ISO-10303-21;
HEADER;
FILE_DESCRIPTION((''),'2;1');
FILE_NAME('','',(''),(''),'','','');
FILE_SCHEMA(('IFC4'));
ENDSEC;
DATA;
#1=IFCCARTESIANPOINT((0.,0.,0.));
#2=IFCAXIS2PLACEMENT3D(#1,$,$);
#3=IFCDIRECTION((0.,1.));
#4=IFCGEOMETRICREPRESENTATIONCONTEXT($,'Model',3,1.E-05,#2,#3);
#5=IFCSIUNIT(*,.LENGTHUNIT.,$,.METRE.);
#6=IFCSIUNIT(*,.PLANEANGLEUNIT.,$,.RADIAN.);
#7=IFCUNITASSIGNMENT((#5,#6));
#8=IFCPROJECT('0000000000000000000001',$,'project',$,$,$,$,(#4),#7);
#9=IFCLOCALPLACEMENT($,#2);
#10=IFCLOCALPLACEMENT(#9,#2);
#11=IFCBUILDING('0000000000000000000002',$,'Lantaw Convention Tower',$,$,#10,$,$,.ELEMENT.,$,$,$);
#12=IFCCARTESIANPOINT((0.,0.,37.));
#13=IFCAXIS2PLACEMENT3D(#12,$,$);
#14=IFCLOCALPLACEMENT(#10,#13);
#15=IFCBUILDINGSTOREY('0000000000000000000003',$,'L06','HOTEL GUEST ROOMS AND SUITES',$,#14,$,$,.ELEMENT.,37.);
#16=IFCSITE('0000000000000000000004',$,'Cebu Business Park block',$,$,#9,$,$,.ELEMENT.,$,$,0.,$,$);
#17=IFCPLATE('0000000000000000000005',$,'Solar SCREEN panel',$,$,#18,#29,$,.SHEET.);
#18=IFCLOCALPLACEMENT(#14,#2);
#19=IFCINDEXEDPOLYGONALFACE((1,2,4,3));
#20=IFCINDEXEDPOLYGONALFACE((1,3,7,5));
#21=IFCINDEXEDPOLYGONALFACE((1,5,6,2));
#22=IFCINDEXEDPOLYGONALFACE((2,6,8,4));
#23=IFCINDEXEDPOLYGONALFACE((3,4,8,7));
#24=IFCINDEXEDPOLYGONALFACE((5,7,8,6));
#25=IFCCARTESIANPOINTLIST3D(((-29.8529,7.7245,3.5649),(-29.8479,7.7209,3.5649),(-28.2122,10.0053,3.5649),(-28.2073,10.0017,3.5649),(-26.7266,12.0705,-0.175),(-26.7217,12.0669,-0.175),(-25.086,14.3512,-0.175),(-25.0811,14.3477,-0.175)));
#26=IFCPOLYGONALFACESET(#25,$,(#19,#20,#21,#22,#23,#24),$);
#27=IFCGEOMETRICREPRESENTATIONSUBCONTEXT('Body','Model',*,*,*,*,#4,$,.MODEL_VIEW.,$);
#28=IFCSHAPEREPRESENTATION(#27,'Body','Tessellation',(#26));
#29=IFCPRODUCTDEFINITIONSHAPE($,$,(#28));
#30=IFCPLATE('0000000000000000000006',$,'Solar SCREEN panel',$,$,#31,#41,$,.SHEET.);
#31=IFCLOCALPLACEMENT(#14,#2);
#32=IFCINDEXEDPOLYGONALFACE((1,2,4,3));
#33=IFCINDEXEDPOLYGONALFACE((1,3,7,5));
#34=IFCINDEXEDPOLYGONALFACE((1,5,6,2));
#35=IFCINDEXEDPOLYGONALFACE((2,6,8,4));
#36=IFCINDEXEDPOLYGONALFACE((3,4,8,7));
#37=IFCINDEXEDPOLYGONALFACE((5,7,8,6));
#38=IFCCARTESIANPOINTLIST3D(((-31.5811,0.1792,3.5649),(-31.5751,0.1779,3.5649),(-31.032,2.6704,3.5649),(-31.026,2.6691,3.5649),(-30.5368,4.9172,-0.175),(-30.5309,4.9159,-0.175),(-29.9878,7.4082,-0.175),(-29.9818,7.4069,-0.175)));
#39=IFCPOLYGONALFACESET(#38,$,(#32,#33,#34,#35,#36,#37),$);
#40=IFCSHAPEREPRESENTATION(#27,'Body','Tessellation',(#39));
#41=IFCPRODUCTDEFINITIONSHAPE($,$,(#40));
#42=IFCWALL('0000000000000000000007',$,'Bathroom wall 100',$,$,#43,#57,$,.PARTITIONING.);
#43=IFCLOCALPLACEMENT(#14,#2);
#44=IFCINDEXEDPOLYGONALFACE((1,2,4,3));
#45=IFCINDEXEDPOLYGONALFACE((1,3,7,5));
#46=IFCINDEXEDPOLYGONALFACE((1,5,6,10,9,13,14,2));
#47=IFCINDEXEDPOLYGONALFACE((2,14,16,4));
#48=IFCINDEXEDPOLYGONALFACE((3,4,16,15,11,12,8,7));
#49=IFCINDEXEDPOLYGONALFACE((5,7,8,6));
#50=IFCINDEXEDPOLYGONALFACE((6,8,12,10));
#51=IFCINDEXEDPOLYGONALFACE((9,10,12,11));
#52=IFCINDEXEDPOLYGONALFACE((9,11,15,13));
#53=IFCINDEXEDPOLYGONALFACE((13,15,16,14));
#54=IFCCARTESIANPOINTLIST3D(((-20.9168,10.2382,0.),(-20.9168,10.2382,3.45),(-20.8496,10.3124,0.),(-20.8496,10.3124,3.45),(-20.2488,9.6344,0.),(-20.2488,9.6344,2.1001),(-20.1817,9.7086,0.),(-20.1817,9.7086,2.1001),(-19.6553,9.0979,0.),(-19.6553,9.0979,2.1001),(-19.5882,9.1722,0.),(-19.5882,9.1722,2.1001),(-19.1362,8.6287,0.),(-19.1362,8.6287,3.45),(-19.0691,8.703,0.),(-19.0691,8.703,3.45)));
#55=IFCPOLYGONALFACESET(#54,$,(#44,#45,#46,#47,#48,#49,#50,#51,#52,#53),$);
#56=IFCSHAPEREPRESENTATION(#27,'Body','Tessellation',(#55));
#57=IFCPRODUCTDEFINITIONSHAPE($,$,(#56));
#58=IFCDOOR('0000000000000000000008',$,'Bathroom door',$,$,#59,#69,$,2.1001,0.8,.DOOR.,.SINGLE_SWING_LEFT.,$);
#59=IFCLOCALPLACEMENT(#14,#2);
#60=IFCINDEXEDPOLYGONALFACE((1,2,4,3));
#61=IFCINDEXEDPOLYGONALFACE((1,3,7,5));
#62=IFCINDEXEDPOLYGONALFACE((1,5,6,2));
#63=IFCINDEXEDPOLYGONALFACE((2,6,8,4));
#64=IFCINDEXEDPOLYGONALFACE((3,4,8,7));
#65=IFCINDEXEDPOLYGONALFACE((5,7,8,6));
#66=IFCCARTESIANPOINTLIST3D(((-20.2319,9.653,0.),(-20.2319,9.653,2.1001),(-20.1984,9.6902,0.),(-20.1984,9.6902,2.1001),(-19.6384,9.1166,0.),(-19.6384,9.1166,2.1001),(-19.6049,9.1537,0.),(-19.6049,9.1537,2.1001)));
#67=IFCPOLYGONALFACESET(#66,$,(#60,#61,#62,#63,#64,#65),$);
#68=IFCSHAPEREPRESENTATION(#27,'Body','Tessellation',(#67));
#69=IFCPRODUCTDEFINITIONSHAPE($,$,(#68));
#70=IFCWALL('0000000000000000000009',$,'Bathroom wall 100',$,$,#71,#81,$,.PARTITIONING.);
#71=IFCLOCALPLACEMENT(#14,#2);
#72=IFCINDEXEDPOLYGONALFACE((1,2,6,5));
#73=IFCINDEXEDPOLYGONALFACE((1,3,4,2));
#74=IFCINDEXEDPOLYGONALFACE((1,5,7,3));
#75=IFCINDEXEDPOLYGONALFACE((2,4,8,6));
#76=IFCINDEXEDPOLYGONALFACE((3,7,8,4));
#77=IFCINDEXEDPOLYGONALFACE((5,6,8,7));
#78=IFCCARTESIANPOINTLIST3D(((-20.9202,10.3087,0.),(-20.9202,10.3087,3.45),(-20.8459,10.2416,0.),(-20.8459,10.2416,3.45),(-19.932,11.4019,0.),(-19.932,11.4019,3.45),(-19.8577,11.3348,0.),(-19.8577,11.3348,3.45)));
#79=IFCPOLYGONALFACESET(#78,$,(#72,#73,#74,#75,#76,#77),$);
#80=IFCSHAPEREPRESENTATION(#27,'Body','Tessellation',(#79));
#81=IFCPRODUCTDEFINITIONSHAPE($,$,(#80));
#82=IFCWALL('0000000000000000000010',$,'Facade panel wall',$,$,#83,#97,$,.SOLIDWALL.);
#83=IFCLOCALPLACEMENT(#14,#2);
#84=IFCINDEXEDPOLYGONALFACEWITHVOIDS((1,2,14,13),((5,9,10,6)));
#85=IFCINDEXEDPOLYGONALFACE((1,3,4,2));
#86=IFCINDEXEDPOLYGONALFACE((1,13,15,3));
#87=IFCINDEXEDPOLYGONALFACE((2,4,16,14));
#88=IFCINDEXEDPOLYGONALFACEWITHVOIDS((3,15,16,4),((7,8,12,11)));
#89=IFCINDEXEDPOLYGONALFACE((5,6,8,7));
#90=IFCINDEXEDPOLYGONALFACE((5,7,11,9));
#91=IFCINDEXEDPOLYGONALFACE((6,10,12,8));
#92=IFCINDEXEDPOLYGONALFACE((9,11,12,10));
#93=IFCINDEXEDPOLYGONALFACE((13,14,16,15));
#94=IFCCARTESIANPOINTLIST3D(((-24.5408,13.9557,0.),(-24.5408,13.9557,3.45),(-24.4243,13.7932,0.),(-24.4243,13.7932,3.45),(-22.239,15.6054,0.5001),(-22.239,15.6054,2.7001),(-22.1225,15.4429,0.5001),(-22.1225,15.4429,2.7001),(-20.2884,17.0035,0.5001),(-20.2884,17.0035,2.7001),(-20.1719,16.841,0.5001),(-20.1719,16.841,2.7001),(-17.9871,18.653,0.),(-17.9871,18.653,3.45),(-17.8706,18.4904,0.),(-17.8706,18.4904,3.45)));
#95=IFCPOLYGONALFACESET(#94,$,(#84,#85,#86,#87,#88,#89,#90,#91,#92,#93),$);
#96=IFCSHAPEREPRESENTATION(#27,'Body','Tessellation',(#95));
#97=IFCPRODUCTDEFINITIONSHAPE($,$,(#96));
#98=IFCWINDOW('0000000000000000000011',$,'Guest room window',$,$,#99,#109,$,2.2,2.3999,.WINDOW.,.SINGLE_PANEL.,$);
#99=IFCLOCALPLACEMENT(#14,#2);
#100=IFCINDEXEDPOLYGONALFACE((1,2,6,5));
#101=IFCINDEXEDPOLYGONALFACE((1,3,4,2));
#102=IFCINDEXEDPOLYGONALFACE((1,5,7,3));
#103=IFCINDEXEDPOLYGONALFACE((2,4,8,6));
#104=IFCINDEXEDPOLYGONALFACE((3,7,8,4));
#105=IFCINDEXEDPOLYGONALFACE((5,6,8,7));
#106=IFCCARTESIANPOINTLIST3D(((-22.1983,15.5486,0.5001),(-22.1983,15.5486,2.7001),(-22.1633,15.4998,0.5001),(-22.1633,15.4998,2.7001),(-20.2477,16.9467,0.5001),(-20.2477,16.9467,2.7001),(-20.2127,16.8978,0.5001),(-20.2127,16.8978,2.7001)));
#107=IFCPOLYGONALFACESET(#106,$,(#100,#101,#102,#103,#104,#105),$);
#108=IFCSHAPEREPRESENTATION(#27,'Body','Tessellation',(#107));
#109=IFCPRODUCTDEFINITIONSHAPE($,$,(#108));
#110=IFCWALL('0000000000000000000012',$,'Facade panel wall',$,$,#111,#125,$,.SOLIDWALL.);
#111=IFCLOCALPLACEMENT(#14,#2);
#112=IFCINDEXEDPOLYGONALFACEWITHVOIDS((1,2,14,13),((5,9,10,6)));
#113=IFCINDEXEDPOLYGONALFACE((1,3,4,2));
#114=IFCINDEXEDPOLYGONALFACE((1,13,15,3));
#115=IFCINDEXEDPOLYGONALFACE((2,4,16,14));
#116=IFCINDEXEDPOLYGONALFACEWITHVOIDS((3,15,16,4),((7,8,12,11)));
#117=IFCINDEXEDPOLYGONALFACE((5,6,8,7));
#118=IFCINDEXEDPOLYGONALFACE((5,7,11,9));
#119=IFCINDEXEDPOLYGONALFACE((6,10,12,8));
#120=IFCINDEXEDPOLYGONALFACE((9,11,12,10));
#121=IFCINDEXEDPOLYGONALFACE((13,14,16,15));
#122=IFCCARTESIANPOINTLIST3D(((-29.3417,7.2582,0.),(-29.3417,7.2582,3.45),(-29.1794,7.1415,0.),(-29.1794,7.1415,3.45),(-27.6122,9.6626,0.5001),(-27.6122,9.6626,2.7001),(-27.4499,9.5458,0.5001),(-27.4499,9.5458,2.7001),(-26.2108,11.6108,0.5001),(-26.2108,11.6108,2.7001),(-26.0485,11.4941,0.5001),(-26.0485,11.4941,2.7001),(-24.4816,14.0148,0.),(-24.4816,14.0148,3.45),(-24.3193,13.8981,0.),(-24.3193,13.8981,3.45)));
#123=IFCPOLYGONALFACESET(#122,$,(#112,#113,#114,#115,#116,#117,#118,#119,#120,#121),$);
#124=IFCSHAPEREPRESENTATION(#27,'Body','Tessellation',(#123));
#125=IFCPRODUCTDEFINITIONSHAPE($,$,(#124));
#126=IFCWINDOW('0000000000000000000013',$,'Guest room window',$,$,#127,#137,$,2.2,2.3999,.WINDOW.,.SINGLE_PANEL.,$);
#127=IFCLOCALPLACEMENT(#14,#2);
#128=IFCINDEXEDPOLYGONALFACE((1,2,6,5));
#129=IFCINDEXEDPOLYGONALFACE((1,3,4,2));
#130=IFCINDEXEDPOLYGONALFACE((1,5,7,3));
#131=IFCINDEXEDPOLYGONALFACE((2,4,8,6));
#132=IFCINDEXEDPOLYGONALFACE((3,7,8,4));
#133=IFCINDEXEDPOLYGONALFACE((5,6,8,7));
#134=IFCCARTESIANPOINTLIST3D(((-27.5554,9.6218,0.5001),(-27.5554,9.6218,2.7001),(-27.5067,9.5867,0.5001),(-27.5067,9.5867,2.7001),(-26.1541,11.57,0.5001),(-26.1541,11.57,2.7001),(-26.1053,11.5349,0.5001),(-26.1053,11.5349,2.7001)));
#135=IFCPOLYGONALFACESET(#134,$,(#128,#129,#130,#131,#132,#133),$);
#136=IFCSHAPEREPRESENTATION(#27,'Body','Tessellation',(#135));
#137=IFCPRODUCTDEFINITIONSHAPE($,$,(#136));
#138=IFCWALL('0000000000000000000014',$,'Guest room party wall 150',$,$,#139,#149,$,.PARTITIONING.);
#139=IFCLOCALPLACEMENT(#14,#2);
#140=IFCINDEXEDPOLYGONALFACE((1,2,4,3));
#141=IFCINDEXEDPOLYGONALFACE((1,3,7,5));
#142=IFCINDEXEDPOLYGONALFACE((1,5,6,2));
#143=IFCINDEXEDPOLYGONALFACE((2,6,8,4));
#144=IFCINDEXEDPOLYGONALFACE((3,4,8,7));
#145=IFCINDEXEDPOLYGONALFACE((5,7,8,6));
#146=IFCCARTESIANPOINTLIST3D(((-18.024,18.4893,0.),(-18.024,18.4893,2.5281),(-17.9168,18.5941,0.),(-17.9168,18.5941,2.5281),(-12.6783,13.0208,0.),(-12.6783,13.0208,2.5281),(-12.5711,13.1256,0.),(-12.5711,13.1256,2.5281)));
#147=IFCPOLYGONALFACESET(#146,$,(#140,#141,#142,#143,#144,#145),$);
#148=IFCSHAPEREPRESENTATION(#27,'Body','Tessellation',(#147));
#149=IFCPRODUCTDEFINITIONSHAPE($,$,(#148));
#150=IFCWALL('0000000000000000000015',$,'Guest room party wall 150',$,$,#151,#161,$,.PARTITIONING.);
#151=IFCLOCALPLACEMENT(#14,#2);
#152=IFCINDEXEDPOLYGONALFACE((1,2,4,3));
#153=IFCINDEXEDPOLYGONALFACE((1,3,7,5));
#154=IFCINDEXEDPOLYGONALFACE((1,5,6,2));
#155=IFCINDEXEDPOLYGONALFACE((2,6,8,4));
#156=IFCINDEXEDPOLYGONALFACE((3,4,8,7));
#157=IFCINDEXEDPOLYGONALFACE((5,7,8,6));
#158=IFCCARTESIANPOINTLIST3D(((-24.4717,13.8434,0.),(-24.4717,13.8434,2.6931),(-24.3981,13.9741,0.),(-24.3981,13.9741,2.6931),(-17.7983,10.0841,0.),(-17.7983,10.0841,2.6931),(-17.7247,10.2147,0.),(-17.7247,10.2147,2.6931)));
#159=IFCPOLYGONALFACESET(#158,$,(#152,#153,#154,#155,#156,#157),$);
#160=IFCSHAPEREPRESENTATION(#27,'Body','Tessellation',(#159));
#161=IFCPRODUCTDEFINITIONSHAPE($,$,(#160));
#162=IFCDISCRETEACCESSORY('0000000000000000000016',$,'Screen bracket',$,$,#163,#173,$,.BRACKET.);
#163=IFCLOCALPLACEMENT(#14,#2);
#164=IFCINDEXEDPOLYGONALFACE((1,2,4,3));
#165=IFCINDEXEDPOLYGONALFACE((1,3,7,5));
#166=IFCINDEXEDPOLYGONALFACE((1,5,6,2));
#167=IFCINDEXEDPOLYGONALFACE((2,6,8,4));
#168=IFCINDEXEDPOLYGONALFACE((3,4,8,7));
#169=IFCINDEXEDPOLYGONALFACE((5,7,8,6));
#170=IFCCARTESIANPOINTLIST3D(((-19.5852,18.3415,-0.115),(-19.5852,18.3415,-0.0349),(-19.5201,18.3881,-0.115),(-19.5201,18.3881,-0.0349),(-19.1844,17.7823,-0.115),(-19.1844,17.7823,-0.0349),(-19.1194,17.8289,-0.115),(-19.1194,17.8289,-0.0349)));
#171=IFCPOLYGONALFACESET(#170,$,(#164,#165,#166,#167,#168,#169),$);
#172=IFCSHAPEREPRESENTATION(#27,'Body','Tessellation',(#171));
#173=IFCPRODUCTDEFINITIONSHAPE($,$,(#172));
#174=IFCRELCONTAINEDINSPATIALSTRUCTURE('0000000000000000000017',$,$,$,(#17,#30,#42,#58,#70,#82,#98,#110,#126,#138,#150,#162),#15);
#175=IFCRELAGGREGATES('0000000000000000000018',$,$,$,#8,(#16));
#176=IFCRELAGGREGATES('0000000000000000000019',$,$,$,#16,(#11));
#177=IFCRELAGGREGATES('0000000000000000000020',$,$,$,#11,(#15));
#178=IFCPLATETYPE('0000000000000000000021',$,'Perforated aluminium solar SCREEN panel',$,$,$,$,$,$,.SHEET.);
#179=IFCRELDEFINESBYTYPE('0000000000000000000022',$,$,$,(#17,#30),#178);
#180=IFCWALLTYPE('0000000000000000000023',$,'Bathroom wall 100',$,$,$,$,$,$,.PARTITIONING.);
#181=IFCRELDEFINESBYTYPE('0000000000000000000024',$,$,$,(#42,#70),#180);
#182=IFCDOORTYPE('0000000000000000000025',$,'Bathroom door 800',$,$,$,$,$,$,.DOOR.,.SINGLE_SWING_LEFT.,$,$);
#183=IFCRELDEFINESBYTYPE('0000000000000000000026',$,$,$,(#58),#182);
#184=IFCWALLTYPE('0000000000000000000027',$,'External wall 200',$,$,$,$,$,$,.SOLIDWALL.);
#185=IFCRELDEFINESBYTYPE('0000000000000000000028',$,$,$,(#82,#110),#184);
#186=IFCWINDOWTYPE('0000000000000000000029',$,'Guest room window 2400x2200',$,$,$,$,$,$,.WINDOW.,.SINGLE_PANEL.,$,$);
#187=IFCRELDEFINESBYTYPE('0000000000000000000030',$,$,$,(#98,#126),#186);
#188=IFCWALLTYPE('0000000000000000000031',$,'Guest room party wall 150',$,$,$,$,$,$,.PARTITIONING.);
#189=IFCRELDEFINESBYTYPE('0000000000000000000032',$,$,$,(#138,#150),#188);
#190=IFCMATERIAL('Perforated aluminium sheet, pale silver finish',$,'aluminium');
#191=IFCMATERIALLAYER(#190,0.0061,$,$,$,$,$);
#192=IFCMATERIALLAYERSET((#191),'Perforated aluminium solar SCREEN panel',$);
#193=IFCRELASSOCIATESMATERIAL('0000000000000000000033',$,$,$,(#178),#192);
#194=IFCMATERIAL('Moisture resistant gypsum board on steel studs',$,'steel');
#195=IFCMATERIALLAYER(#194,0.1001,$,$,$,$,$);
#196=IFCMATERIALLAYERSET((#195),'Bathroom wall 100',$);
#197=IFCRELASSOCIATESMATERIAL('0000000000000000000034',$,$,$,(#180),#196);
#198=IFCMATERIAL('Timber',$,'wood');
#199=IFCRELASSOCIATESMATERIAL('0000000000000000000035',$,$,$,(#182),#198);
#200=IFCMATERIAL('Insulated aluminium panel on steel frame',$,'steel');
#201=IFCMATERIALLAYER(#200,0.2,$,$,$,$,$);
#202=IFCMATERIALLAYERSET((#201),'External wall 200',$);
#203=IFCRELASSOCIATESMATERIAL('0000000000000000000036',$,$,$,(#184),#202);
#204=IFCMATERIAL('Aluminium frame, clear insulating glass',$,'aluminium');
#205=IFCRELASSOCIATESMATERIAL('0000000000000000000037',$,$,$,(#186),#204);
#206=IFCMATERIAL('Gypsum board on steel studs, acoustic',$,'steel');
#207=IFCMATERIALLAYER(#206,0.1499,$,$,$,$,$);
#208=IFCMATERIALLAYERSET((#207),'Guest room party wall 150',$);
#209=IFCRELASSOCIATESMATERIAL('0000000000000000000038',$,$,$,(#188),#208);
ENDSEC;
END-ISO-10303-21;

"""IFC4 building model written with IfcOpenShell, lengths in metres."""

from ifc_helpers import new_model, si_unit, direction, frame, frame_2d, origin, origin_2d, place, context, subcontext, project, spatial, polyline, rectangle, outline, extrude, material, layer, layer_set, type_object, element, fill, save


model = new_model("IFC4")

# Units and contexts
model_context = context("Model", 3, precision=1e-05, world=origin(), true_north=direction((0.0, 1.0)))
body_context = subcontext(model_context, "Body", "Model", "MODEL_VIEW")
ifc_project = project(units=[si_unit("LENGTHUNIT", "METRE"), si_unit("PLANEANGLEUNIT", "RADIAN")], contexts=[model_context])

# Site, building, storey
site_placement = place(None, origin())
site = spatial("IfcSite", under=ifc_project, at=site_placement, Name="Cebu Business Park block", CompositionType="ELEMENT", RefElevation=0.0)
building_placement = place(site_placement, origin())
building = spatial("IfcBuilding", under=site, at=building_placement, Name="Lantaw Convention Tower", CompositionType="ELEMENT")
storey_placement = place(building_placement, frame((0.0, 0.0, 37.0)))
storey = spatial("IfcBuildingStorey", under=building, at=storey_placement, Name="L06", Description="HOTEL GUEST ROOMS AND SUITES", CompositionType="ELEMENT", Elevation=37.0)

# Plates
ifc_material_1 = material(Name="Perforated aluminium sheet, pale silver finish", Category="aluminium")
ifc_layer_1 = layer(ifc_material_1, 0.0061)
ifc_layer_set_1 = layer_set([ifc_layer_1], Name="Perforated aluminium solar SCREEN panel")
plate_type = type_object("IfcPlateType", Name="Perforated aluminium solar SCREEN panel", PredefinedType="SHEET", material=ifc_layer_set_1)
plate_1_placement = place(storey_placement, frame((-25.0811, 14.3477, -0.175), z_axis=(0.811791, -0.583948, 0.000009), x_axis=(-0.583948, -0.811791, 0.0)))
element("IfcPlate", 1, at=plate_1_placement, inside=storey, type_object=plate_type, Name="Solar SCREEN panel", PredefinedType="SHEET", context=body_context, shape_type="SweptSolid", body=[
    extrude(outline(polyline([(0.0, 0.0), (2.8095, 0.0), (8.1631, -3.74), (5.3536, -3.74), (0.0, 0.0)])), origin(), (0.0, 0.0, -1.0), 0.0061),
])
plate_2_placement = place(storey_placement, frame((-29.9878, 7.4082, -0.175), z_axis=(-0.976559, 0.215248, 0.00003), x_axis=(-0.215248, -0.976559, 0.0)))
element("IfcPlate", 2, at=plate_2_placement, inside=storey, type_object=plate_type, Name="Solar SCREEN panel", PredefinedType="SHEET", context=body_context, shape_type="SweptSolid", body=[
    extrude(outline(polyline([(0.0, 0.0), (2.5508, 0.0), (7.4025, 3.74), (4.8515, 3.74), (0.0, 0.0)])), origin(), (0.0, 0.0, -1.0), 0.0061),
])

# Wall, opening, door
ifc_material_2 = material(Name="Moisture resistant gypsum board on steel studs", Category="steel")
ifc_layer_2 = layer(ifc_material_2, 0.1001)
ifc_layer_set_2 = layer_set([ifc_layer_2], Name="Bathroom wall 100")
wall_type_1 = type_object("IfcWallType", Name="Bathroom wall 100", PredefinedType="PARTITIONING", material=ifc_layer_set_2)
wall_1_placement = place(storey_placement, frame((-19.1025, 8.6658, 0.0), z_axis=(0.0, 0.0, 1.0), x_axis=(-0.741861, 0.670554, 0.0)))
wall_1 = element("IfcWall", 3, at=wall_1_placement, inside=storey, type_object=wall_type_1, Name="Bathroom wall 100", PredefinedType="PARTITIONING", context=body_context, shape_type="SweptSolid", body=[
    extrude(rectangle(XDim=2.4001, YDim=0.1001, at=frame_2d((1.2002, 0.0))), origin(), (0.0, 0.0, 1.0), 3.45),
])
opening_1_placement = place(wall_1_placement, frame((0.7, 0.0, 0.0)))
opening_1 = element("IfcOpeningElement", 4, at=opening_1_placement, cuts=wall_1, PredefinedType="OPENING", context=body_context, shape_type="SweptSolid", body=[
    extrude(rectangle(XDim=0.8, YDim=2.1001, at=frame_2d((0.3999, 1.05))), frame((0.0, 0.0601, 0.0), z_axis=(0.0, -1.0, 0.0), x_axis=(1.0, 0.0, 0.0)), (0.0, 0.0, 1.0), 0.1201),
])
ifc_material_3 = material(Name="Timber", Category="wood")
door_type = type_object("IfcDoorType", Name="Bathroom door 800", OperationType="SINGLE_SWING_LEFT", PredefinedType="DOOR", material=ifc_material_3)
door_placement = place(opening_1_placement, origin())
door = element("IfcDoor", 5, at=door_placement, inside=storey, type_object=door_type, Name="Bathroom door", OperationType="SINGLE_SWING_LEFT", OverallHeight=2.1001, OverallWidth=0.8, PredefinedType="DOOR", context=body_context, shape_type="SweptSolid", body=[
    extrude(rectangle(XDim=0.8, YDim=2.1001, at=frame_2d((0.3999, 1.05))), frame((0.0, 0.0249, 0.0), z_axis=(0.0, -1.0, 0.0), x_axis=(1.0, 0.0, 0.0)), (0.0, 0.0, 1.0), 0.05),
])
fill(opening_1, door)

# Wall
wall_2_placement = place(storey_placement, frame((-20.8831, 10.2751, 0.0), z_axis=(0.0, 0.0, 1.0), x_axis=(0.670592, 0.741826, 0.0)))
element("IfcWall", 6, at=wall_2_placement, inside=storey, type_object=wall_type_1, Name="Bathroom wall 100", PredefinedType="PARTITIONING", context=body_context, shape_type="SweptSolid", body=[
    extrude(rectangle(XDim=1.4736, YDim=0.1001, at=frame_2d((0.7368, 0.0))), origin(), (0.0, 0.0, 1.0), 3.45),
])

# Walls, openings, windows
ifc_material_4 = material(Name="Insulated aluminium panel on steel frame", Category="steel")
ifc_layer_3 = layer(ifc_material_4, 0.2)
ifc_layer_set_3 = layer_set([ifc_layer_3], Name="External wall 200")
wall_type_2 = type_object("IfcWallType", Name="External wall 200", PredefinedType="SOLIDWALL", material=ifc_layer_set_3)
wall_3_placement = place(storey_placement, frame((-17.9287, 18.5718, 0.0), z_axis=(0.0, 0.0, 1.0), x_axis=(-0.812791, -0.582555, 0.0)))
wall_3 = element("IfcWall", 7, at=wall_3_placement, inside=storey, type_object=wall_type_2, Name="Facade panel wall", PredefinedType="SOLIDWALL", context=body_context, shape_type="SweptSolid", body=[
    extrude(rectangle(XDim=8.0632, YDim=0.2, at=frame_2d((4.0317, 0.0))), origin(), (0.0, 0.0, 1.0), 3.45),
])
opening_2_placement = place(wall_3_placement, frame((2.8315, 0.0, 0.5)))
opening_2 = element("IfcOpeningElement", 8, at=opening_2_placement, cuts=wall_3, PredefinedType="OPENING", context=body_context, shape_type="SweptSolid", body=[
    extrude(rectangle(XDim=2.3999, YDim=2.2, at=frame_2d((1.2, 1.1001))), frame((0.0, 0.1099, 0.0), z_axis=(0.0, -1.0, 0.0), x_axis=(1.0, 0.0, 0.0)), (0.0, 0.0, 1.0), 0.22),
])
ifc_material_5 = material(Name="Aluminium frame, clear insulating glass", Category="aluminium")
window_type = type_object("IfcWindowType", Name="Guest room window 2400x2200", PartitioningType="SINGLE_PANEL", PredefinedType="WINDOW", material=ifc_material_5)
window_1_placement = place(opening_2_placement, origin())
window_1 = element("IfcWindow", 9, at=window_1_placement, inside=storey, type_object=window_type, Name="Guest room window", OverallHeight=2.2, OverallWidth=2.3999, PartitioningType="SINGLE_PANEL", PredefinedType="WINDOW", context=body_context, shape_type="SweptSolid", body=[
    extrude(rectangle(XDim=2.3999, YDim=2.2, at=frame_2d((1.2, 1.1001))), frame((0.0, 0.03, 0.0), z_axis=(0.0, -1.0, 0.0), x_axis=(1.0, 0.0, 0.0)), (0.0, 0.0, 1.0), 0.0601),
])
fill(opening_2, window_1)
wall_4_placement = place(storey_placement, frame((-24.4004, 13.9565, 0.0), z_axis=(0.0, 0.0, 1.0), x_axis=(-0.583938, -0.811799, 0.0)))
wall_4 = element("IfcWall", 10, at=wall_4_placement, inside=storey, type_object=wall_type_2, Name="Facade panel wall", PredefinedType="SOLIDWALL", context=body_context, shape_type="SweptSolid", body=[
    extrude(rectangle(XDim=8.323, YDim=0.2, at=frame_2d((4.1616, 0.0))), origin(), (0.0, 0.0, 1.0), 3.45),
])
opening_3_placement = place(wall_4_placement, frame((2.9614, 0.0, 0.5)))
opening_3 = element("IfcOpeningElement", 11, at=opening_3_placement, cuts=wall_4, PredefinedType="OPENING", context=body_context, shape_type="SweptSolid", body=[
    extrude(rectangle(XDim=2.3999, YDim=2.2, at=frame_2d((1.2, 1.1001))), frame((0.0, 0.1099, 0.0), z_axis=(0.0, -1.0, 0.0), x_axis=(1.0, 0.0, 0.0)), (0.0, 0.0, 1.0), 0.22),
])
window_2_placement = place(opening_3_placement, origin())
window_2 = element("IfcWindow", 12, at=window_2_placement, inside=storey, type_object=window_type, Name="Guest room window", OverallHeight=2.2, OverallWidth=2.3999, PartitioningType="SINGLE_PANEL", PredefinedType="WINDOW", context=body_context, shape_type="SweptSolid", body=[
    extrude(rectangle(XDim=2.3999, YDim=2.2, at=frame_2d((1.2, 1.1001))), frame((0.0, 0.03, 0.0), z_axis=(0.0, -1.0, 0.0), x_axis=(1.0, 0.0, 0.0)), (0.0, 0.0, 1.0), 0.0601),
])
fill(opening_3, window_2)

# Walls
ifc_material_6 = material(Name="Gypsum board on steel studs, acoustic", Category="steel")
ifc_layer_4 = layer(ifc_material_6, 0.1499)
ifc_layer_set_4 = layer_set([ifc_layer_4], Name="Guest room party wall 150")
wall_type_3 = type_object("IfcWallType", Name="Guest room party wall 150", PredefinedType="PARTITIONING", material=ifc_layer_set_4)
wall_5_placement = place(storey_placement, frame((-17.9705, 18.5417, 0.0), z_axis=(0.0, 0.0, 1.0), x_axis=(0.699032, -0.71509, 0.0)))
element("IfcWall", 13, at=wall_5_placement, inside=storey, type_object=wall_type_3, Name="Guest room party wall 150", PredefinedType="PARTITIONING", context=body_context, shape_type="SweptSolid", body=[
    extrude(rectangle(XDim=7.6472, YDim=0.1499, at=frame_2d((3.8237, 0.0))), origin(), (0.0, 0.0, 1.0), 2.5281),
])
wall_6_placement = place(storey_placement, frame((-24.4348, 13.9087, 0.0), z_axis=(0.0, 0.0, 1.0), x_axis=(0.871267, -0.490809, 0.0)))
element("IfcWall", 14, at=wall_6_placement, inside=storey, type_object=wall_type_3, Name="Guest room party wall 150", PredefinedType="PARTITIONING", context=body_context, shape_type="SweptSolid", body=[
    extrude(rectangle(XDim=7.6594, YDim=0.1499, at=frame_2d((3.8296, 0.0))), origin(), (0.0, 0.0, 1.0), 2.6931),
])

# Discrete accessory
for number, where, z_axis, x_axis, name in (
    (15, (-19.3523, 18.0852, -0.115), (0.0, 0.0, 1.0), (-0.812804, -0.582538, 0.0), "Screen bracket"),
):
    element("IfcDiscreteAccessory", number, at=place(storey_placement, frame(where, z_axis=z_axis, x_axis=x_axis)), inside=storey, Name=name, PredefinedType="BRACKET", context=body_context, shape_type="SweptSolid", body=[
        extrude(rectangle(XDim=0.0801, YDim=0.688, at=origin_2d()), origin(), (0.0, 0.0, 1.0), 0.0801),
    ])

save(model, "model.ifc")
